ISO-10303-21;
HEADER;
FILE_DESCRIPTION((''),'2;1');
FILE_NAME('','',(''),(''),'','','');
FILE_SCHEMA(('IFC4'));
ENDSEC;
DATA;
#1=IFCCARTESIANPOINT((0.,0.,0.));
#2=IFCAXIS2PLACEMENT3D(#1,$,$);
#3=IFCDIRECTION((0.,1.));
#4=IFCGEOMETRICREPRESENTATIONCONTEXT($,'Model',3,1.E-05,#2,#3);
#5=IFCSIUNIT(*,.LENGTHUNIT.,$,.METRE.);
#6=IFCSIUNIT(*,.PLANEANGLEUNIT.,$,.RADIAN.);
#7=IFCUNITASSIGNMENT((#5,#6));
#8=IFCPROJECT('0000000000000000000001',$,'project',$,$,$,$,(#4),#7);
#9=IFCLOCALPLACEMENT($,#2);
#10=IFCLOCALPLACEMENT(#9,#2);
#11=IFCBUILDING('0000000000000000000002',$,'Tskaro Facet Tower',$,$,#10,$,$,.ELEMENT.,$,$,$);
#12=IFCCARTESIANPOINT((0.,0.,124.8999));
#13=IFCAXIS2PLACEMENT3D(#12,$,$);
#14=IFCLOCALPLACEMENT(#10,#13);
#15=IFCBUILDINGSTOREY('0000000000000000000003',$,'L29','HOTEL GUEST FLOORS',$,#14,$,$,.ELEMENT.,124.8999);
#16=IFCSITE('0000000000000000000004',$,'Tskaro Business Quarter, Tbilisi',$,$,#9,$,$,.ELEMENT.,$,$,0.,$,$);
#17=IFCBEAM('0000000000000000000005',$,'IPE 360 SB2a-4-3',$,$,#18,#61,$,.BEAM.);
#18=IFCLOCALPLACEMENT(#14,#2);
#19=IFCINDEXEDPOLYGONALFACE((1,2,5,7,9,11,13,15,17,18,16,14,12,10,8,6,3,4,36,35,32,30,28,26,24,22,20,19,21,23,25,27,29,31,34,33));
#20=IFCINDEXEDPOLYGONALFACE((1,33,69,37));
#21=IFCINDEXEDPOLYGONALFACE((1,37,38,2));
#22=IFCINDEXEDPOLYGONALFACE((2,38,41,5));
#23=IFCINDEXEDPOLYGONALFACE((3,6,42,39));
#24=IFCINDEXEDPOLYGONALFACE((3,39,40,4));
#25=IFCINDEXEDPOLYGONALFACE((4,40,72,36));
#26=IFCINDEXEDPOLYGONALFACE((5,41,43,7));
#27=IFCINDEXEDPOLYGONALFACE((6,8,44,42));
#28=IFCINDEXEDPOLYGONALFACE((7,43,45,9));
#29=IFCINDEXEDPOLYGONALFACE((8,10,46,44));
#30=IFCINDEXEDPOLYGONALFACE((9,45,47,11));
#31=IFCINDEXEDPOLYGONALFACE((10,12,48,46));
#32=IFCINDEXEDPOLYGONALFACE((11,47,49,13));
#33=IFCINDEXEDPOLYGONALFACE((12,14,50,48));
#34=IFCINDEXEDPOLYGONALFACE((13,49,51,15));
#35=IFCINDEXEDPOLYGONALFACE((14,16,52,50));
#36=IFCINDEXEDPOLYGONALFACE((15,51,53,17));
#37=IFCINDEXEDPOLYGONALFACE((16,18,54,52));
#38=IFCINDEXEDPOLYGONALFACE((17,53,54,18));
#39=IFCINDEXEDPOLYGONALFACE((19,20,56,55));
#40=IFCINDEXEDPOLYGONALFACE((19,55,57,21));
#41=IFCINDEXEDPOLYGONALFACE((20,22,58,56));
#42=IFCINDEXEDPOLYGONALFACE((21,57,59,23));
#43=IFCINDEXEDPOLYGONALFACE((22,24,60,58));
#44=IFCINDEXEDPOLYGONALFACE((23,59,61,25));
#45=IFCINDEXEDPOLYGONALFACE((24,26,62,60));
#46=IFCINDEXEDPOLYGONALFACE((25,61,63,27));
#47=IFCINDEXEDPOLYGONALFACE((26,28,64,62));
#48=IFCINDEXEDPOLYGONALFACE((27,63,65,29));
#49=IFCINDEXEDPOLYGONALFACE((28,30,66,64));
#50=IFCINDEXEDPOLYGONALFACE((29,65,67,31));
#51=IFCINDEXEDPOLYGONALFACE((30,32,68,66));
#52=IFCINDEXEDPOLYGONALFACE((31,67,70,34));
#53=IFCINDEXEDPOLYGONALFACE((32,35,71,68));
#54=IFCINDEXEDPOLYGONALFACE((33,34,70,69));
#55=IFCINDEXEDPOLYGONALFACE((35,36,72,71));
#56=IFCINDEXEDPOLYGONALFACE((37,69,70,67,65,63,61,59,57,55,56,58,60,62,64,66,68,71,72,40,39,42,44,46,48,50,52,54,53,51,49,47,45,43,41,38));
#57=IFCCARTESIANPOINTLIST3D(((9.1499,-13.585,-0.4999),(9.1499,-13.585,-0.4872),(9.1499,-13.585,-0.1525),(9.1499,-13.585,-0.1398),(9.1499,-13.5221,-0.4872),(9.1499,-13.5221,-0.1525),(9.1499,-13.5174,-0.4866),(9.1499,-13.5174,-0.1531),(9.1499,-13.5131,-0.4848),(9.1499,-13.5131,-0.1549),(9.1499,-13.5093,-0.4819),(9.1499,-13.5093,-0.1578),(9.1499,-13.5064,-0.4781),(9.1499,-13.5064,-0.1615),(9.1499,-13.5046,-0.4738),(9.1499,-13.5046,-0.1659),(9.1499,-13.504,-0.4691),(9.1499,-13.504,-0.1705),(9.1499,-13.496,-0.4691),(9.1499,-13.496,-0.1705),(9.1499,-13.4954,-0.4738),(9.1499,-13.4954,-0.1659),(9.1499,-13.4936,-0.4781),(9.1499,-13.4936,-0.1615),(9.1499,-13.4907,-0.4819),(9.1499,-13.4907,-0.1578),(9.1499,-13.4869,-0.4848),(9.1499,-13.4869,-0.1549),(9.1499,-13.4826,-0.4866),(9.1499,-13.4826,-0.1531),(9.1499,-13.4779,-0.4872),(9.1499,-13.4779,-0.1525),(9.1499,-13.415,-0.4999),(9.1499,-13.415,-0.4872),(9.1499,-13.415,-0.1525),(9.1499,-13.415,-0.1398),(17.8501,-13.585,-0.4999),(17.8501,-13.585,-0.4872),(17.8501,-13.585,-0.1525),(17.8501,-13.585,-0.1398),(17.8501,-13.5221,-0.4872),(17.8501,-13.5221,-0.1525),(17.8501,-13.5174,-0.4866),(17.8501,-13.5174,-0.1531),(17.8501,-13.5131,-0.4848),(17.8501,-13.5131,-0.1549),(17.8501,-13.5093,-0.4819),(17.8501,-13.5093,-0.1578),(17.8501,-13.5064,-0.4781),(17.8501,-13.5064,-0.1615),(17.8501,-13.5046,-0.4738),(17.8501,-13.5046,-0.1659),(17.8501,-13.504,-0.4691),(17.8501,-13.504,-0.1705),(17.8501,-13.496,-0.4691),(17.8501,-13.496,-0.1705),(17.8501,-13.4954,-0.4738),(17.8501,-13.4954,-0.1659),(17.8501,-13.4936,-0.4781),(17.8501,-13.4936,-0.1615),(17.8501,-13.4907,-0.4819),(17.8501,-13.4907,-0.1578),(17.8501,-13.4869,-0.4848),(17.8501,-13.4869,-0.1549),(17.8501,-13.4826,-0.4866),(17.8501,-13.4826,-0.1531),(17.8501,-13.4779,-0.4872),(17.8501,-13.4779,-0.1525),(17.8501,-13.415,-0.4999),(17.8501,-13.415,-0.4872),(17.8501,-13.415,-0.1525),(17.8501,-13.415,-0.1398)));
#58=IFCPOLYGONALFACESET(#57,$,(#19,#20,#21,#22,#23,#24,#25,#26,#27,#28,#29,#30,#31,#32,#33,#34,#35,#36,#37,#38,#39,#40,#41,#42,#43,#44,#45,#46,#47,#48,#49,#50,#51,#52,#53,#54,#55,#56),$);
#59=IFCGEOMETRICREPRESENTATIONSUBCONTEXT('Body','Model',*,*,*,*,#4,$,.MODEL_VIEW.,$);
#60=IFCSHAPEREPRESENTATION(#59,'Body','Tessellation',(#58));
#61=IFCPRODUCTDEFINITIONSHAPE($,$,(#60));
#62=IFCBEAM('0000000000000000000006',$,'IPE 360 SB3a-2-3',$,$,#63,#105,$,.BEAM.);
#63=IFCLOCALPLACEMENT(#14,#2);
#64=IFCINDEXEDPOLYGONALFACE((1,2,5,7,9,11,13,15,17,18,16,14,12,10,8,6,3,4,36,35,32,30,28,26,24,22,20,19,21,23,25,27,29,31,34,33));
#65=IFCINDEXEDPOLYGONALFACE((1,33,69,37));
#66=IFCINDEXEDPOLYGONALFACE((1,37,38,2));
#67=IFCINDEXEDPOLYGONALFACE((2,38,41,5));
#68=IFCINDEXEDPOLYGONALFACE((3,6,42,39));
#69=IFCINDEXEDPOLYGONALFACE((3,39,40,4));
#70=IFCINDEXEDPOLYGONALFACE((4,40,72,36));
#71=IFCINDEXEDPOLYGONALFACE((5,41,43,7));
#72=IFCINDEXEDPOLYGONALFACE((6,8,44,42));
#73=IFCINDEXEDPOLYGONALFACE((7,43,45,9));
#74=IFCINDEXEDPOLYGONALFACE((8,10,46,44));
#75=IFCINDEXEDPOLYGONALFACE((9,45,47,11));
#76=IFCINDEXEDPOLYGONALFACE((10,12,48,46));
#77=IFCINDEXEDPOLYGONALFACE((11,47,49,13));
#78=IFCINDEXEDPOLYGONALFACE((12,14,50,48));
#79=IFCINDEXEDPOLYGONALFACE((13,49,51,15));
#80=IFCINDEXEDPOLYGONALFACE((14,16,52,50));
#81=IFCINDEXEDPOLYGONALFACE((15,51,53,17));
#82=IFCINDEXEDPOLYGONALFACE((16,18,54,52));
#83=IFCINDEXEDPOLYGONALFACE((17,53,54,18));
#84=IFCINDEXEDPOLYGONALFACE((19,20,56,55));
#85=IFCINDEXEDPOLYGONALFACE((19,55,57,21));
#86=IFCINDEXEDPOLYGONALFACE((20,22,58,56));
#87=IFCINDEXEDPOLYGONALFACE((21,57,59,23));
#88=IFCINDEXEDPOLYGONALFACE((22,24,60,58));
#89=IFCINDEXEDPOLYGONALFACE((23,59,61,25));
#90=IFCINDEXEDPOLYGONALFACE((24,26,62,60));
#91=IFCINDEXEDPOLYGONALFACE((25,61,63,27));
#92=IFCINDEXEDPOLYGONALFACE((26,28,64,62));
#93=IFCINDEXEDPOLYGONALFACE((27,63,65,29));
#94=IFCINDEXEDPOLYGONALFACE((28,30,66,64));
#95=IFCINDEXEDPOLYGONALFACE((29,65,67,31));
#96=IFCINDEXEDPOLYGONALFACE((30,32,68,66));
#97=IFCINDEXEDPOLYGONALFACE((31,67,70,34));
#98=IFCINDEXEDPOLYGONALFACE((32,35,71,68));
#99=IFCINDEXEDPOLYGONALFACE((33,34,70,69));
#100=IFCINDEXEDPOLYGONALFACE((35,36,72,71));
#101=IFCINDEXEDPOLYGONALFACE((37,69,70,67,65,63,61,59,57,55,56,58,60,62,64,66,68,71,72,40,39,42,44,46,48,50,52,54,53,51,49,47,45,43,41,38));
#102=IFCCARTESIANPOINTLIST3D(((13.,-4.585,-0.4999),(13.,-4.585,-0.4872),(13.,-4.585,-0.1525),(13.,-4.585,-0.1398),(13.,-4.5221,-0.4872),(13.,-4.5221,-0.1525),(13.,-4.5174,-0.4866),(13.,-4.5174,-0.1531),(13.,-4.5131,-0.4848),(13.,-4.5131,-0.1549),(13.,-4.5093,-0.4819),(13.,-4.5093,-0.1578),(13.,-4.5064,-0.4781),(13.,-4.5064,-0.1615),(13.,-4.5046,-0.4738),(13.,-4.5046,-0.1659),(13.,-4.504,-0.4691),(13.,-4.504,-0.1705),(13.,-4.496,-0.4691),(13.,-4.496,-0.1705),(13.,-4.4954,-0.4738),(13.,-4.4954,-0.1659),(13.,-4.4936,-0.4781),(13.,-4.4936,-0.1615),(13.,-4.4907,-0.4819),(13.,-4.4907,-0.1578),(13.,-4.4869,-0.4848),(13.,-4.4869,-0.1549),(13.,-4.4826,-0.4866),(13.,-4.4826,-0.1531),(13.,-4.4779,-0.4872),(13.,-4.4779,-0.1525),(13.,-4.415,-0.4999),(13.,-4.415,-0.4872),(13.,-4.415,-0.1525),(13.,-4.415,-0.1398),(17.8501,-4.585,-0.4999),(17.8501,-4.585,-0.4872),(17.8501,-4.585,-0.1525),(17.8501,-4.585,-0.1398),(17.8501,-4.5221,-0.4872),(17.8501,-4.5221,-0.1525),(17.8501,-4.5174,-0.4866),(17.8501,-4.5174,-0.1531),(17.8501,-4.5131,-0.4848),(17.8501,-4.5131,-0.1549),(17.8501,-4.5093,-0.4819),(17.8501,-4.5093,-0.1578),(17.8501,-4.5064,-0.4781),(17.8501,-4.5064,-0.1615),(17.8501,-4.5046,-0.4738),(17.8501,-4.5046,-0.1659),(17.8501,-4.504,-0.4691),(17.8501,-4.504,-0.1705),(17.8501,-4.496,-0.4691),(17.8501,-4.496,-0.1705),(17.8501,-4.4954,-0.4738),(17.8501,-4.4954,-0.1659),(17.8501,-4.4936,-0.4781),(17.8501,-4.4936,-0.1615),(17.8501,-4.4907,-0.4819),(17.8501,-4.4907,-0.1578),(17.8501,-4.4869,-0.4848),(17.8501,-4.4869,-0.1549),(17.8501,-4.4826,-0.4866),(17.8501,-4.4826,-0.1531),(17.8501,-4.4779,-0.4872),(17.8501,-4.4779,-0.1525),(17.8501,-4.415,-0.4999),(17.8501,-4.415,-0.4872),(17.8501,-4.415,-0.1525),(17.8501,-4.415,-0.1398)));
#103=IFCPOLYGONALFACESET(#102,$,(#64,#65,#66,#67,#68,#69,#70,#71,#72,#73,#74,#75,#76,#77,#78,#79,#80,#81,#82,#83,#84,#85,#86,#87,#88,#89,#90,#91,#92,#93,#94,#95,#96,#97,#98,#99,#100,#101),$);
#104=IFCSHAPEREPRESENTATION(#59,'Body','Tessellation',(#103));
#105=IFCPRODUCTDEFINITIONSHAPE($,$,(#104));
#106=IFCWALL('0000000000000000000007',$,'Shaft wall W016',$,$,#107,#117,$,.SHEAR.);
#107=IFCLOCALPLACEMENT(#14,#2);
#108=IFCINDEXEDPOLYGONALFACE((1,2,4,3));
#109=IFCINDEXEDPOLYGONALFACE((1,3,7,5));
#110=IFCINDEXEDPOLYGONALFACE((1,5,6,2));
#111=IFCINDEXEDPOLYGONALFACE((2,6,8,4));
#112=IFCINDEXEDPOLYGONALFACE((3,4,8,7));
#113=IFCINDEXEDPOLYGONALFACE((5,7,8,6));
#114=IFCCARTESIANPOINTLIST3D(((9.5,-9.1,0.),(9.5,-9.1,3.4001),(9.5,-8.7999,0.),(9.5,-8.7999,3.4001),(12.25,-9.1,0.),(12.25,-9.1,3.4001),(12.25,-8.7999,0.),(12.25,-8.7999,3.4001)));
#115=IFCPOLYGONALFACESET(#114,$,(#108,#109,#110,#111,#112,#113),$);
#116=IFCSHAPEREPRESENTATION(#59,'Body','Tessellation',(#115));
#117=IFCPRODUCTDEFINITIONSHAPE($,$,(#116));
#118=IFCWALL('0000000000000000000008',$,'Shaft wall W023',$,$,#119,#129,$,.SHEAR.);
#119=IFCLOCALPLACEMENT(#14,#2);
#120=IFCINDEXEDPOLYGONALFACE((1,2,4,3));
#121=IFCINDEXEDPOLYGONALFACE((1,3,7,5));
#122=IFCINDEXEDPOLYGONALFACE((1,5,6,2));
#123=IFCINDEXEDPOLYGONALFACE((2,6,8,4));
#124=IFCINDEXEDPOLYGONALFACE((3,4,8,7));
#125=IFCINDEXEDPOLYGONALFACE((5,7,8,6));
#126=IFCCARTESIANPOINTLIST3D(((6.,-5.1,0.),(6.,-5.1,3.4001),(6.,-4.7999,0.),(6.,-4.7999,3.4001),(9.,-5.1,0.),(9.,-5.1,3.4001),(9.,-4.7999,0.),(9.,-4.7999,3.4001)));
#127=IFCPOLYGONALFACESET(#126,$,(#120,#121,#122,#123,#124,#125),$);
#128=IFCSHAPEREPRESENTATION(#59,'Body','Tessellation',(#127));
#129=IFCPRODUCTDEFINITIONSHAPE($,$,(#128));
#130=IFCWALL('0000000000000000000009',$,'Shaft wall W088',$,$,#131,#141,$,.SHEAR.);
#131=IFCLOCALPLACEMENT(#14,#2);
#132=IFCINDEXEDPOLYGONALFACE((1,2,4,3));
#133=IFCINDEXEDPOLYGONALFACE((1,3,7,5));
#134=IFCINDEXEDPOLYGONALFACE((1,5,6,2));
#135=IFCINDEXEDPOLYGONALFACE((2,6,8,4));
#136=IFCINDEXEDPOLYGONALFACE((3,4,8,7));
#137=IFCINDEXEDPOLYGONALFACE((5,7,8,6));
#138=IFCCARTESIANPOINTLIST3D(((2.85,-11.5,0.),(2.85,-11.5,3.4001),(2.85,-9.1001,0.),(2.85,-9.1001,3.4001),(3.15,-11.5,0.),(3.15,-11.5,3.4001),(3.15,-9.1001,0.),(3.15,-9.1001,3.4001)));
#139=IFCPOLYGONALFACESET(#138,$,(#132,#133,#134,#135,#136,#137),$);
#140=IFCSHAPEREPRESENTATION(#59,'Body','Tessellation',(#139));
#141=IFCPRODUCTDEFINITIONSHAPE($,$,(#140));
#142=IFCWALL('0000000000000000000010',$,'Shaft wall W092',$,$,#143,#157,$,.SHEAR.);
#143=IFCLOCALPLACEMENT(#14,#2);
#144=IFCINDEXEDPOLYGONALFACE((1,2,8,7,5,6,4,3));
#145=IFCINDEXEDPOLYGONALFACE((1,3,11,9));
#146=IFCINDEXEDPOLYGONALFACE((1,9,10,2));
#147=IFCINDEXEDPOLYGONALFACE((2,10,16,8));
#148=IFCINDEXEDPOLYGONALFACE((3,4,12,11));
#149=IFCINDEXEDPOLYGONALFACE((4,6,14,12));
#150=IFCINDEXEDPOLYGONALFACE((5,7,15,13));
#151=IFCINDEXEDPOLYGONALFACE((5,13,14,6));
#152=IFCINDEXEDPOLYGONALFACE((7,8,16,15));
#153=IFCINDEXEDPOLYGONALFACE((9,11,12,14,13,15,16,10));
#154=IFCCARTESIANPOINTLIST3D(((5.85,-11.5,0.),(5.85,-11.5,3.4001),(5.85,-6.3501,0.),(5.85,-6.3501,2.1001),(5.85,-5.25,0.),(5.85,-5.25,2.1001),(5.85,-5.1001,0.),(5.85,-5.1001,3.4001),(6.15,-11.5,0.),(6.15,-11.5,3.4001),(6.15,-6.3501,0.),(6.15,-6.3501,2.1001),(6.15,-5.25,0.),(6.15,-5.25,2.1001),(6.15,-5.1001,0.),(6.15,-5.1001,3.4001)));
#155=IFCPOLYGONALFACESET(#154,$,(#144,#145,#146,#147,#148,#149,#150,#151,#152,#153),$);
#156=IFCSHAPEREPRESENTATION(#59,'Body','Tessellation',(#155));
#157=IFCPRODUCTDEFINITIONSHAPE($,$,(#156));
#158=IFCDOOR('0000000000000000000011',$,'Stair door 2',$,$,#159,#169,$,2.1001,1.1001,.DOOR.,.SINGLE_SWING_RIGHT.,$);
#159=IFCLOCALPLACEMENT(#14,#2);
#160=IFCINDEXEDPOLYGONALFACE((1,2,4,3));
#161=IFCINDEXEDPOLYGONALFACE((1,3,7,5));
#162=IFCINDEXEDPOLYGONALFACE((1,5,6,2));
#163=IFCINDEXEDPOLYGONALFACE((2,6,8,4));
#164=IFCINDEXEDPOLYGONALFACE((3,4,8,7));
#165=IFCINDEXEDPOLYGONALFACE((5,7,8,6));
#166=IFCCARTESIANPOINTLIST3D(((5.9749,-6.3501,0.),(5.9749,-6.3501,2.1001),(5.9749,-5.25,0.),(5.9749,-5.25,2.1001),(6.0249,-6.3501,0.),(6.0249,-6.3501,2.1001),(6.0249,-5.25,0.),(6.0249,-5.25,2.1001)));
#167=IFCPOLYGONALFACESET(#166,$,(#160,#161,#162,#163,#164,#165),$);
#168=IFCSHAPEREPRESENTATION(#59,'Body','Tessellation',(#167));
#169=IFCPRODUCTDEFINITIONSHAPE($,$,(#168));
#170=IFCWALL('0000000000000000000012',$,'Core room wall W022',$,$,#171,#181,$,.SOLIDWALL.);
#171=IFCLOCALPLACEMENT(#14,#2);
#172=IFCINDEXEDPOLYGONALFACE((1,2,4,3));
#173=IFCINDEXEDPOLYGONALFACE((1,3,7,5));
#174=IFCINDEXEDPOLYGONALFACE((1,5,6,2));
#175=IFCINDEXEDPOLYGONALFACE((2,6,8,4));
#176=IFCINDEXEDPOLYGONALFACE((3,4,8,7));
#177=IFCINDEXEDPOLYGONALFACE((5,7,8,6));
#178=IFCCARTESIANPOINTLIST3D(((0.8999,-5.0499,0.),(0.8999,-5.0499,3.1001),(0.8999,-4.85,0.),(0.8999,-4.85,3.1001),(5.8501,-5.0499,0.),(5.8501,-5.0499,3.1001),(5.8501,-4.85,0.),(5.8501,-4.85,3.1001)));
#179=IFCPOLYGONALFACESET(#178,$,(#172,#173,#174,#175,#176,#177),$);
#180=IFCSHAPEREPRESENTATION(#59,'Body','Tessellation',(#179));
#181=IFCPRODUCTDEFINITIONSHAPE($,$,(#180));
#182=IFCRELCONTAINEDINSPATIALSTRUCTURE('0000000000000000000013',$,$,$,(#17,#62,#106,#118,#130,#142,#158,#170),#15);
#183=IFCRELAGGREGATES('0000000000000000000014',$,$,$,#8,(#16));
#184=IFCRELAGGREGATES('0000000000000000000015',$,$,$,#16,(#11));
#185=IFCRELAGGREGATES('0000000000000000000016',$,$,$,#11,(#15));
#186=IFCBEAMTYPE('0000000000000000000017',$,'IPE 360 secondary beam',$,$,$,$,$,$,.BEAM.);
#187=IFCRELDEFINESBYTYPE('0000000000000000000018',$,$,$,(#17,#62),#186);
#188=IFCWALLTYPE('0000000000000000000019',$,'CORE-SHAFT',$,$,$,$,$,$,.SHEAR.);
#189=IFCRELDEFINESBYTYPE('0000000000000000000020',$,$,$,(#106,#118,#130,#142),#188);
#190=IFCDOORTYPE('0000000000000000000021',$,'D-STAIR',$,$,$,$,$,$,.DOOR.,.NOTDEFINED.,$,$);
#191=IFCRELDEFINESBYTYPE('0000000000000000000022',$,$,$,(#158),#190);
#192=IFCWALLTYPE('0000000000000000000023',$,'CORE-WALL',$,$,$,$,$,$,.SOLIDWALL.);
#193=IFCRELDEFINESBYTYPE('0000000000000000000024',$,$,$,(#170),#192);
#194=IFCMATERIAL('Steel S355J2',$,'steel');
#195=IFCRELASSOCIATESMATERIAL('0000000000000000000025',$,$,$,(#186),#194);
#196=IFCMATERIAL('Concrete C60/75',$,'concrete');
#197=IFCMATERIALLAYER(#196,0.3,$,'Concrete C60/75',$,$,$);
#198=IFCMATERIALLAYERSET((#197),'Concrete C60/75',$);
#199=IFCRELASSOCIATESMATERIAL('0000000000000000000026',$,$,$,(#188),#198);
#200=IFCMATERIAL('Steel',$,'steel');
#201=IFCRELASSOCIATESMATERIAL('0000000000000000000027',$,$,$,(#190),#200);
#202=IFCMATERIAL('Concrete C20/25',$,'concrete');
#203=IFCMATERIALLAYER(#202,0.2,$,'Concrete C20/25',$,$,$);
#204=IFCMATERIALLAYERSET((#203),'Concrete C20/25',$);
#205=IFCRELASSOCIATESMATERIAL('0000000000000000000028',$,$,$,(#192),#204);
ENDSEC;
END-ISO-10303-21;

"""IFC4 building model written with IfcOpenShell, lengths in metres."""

from ifc_helpers import new_model, si_unit, direction, frame, frame_2d, origin, origin_2d, place, context, subcontext, project, spatial, rectangle, i_section, extrude, material, layer, layer_set, material_profile, profile_set, type_object, element, fill, save


model = new_model("IFC4")

# Units and contexts
model_context = context("Model", 3, precision=1e-05, world=origin(), true_north=direction((0.0, 1.0)))
body_context = subcontext(model_context, "Body", "Model", "MODEL_VIEW")
ifc_project = project(units=[si_unit("LENGTHUNIT", "METRE"), si_unit("PLANEANGLEUNIT", "RADIAN")], contexts=[model_context])

# Site, building, storey
site_placement = place(None, origin())
site = spatial("IfcSite", under=ifc_project, at=site_placement, Name="Tskaro Business Quarter, Tbilisi", CompositionType="ELEMENT", RefElevation=0.0)
building_placement = place(site_placement, origin())
building = spatial("IfcBuilding", under=site, at=building_placement, Name="Tskaro Facet Tower", CompositionType="ELEMENT")
storey_placement = place(building_placement, frame((0.0, 0.0, 124.8999)))
storey = spatial("IfcBuildingStorey", under=building, at=storey_placement, Name="L29", Description="HOTEL GUEST FLOORS", CompositionType="ELEMENT", Elevation=124.8999)

# Beams
ifc_material_1 = material(Name="Steel S355J2", Category="steel")
ifc_material_profile = material_profile(ifc_material_1, i_section(OverallWidth=0.1699, OverallDepth=0.3601, WebThickness=0.0081, FlangeThickness=0.0127, FilletRadius=0.0181, at=origin_2d()), Name="IPE 360")
ifc_profile_set = profile_set([ifc_material_profile], Name="Steel S355J2")
beam_type = type_object("IfcBeamType", Name="IPE 360 secondary beam", PredefinedType="BEAM", material=ifc_profile_set)
beam_1_placement = place(storey_placement, frame((9.1499, -13.5, -0.3198), z_axis=(1.0, 0.0, 0.0), x_axis=(0.0, 1.0, 0.0)))
element("IfcBeam", 1, at=beam_1_placement, inside=storey, type_object=beam_type, Name="IPE 360 SB2a-4-3", PredefinedType="BEAM", context=body_context, shape_type="SweptSolid", body=[
    extrude(i_section(OverallWidth=0.1699, OverallDepth=0.3601, WebThickness=0.0081, FlangeThickness=0.0127, FilletRadius=0.0181, at=origin_2d()), origin(), (0.0, 0.0, 1.0), 8.7002),
])
beam_2_placement = place(storey_placement, frame((13.0, -4.5, -0.3198), z_axis=(1.0, 0.0, 0.0), x_axis=(0.0, 1.0, 0.0)))
element("IfcBeam", 2, at=beam_2_placement, inside=storey, type_object=beam_type, Name="IPE 360 SB3a-2-3", PredefinedType="BEAM", context=body_context, shape_type="SweptSolid", body=[
    extrude(i_section(OverallWidth=0.1699, OverallDepth=0.3601, WebThickness=0.0081, FlangeThickness=0.0127, FilletRadius=0.0181, at=origin_2d()), origin(), (0.0, 0.0, 1.0), 4.8501),
])

# Walls
ifc_material_2 = material(Name="Concrete C60/75", Category="concrete")
ifc_layer_1 = layer(ifc_material_2, 0.3, Name="Concrete C60/75")
ifc_layer_set_1 = layer_set([ifc_layer_1], Name="Concrete C60/75")
wall_type_1 = type_object("IfcWallType", Name="CORE-SHAFT", PredefinedType="SHEAR", material=ifc_layer_set_1)
wall_1_placement = place(storey_placement, frame((9.5, -8.95, 0.0), z_axis=(0.0, 0.0, 1.0), x_axis=(1.0, 0.0, 0.0)))
element("IfcWall", 3, at=wall_1_placement, inside=storey, type_object=wall_type_1, Name="Shaft wall W016", PredefinedType="SHEAR", context=body_context, shape_type="SweptSolid", body=[
    extrude(rectangle(XDim=2.75, YDim=0.3, at=frame_2d((1.375, 0.0))), origin(), (0.0, 0.0, 1.0), 3.4001),
])
wall_2_placement = place(storey_placement, frame((6.0, -4.95, 0.0), z_axis=(0.0, 0.0, 1.0), x_axis=(1.0, 0.0, 0.0)))
element("IfcWall", 4, at=wall_2_placement, inside=storey, type_object=wall_type_1, Name="Shaft wall W023", PredefinedType="SHEAR", context=body_context, shape_type="SweptSolid", body=[
    extrude(rectangle(XDim=3.0, YDim=0.3, at=frame_2d((1.5, 0.0))), origin(), (0.0, 0.0, 1.0), 3.4001),
])
wall_3_placement = place(storey_placement, frame((3.0, -11.5, 0.0), z_axis=(0.0, 0.0, 1.0), x_axis=(0.0, 1.0, 0.0)))
element("IfcWall", 5, at=wall_3_placement, inside=storey, type_object=wall_type_1, Name="Shaft wall W088", PredefinedType="SHEAR", context=body_context, shape_type="SweptSolid", body=[
    extrude(rectangle(XDim=2.3999, YDim=0.3, at=frame_2d((1.2, 0.0))), origin(), (0.0, 0.0, 1.0), 3.4001),
])

# Wall, opening, door
wall_4_placement = place(storey_placement, frame((6.0, -5.1001, 0.0), z_axis=(0.0, 0.0, 1.0), x_axis=(0.0, -1.0, 0.0)))
wall_4 = element("IfcWall", 6, at=wall_4_placement, inside=storey, type_object=wall_type_1, Name="Shaft wall W092", PredefinedType="SHEAR", context=body_context, shape_type="SweptSolid", body=[
    extrude(rectangle(XDim=6.3999, YDim=0.3, at=frame_2d((3.2, 0.0))), origin(), (0.0, 0.0, 1.0), 3.4001),
])
opening_1_placement = place(wall_4_placement, frame((0.1499, 0.0, 0.0)))
opening_1 = element("IfcOpeningElement", 7, at=opening_1_placement, cuts=wall_4, PredefinedType="OPENING", context=body_context, shape_type="SweptSolid", body=[
    extrude(rectangle(XDim=1.1001, YDim=2.1001, at=frame_2d((0.55, 1.05))), frame((0.0, 0.1599, 0.0), z_axis=(0.0, -1.0, 0.0), x_axis=(1.0, 0.0, 0.0)), (0.0, 0.0, 1.0), 0.3201),
])
ifc_material_3 = material(Name="Steel", Category="steel")
door_type_1 = type_object("IfcDoorType", Name="D-STAIR", OperationType="NOTDEFINED", PredefinedType="DOOR", material=ifc_material_3)
door_1_placement = place(opening_1_placement, origin())
door_1 = element("IfcDoor", 8, at=door_1_placement, inside=storey, type_object=door_type_1, Name="Stair door 2", OperationType="SINGLE_SWING_RIGHT", OverallHeight=2.1001, OverallWidth=1.1001, PredefinedType="DOOR", context=body_context, shape_type="SweptSolid", body=[
    extrude(rectangle(XDim=1.1001, YDim=2.1001, at=frame_2d((0.55, 1.05))), frame((0.0, 0.0249, 0.0), z_axis=(0.0, -1.0, 0.0), x_axis=(1.0, 0.0, 0.0)), (0.0, 0.0, 1.0), 0.05),
])
fill(opening_1, door_1)

# Wall
ifc_material_4 = material(Name="Concrete C20/25", Category="concrete")
ifc_layer_2 = layer(ifc_material_4, 0.2, Name="Concrete C20/25")
ifc_layer_set_2 = layer_set([ifc_layer_2], Name="Concrete C20/25")
wall_type_2 = type_object("IfcWallType", Name="CORE-WALL", PredefinedType="SOLIDWALL", material=ifc_layer_set_2)
wall_5_placement = place(storey_placement, frame((0.8999, -4.95, 0.0), z_axis=(0.0, 0.0, 1.0), x_axis=(1.0, 0.0, 0.0)))
element("IfcWall", 9, at=wall_5_placement, inside=storey, type_object=wall_type_2, Name="Core room wall W022", PredefinedType="SOLIDWALL", context=body_context, shape_type="SweptSolid", body=[
    extrude(rectangle(XDim=4.9502, YDim=0.2, at=frame_2d((2.4751, 0.0))), origin(), (0.0, 0.0, 1.0), 3.1001),
])

save(model, "model.ifc")
